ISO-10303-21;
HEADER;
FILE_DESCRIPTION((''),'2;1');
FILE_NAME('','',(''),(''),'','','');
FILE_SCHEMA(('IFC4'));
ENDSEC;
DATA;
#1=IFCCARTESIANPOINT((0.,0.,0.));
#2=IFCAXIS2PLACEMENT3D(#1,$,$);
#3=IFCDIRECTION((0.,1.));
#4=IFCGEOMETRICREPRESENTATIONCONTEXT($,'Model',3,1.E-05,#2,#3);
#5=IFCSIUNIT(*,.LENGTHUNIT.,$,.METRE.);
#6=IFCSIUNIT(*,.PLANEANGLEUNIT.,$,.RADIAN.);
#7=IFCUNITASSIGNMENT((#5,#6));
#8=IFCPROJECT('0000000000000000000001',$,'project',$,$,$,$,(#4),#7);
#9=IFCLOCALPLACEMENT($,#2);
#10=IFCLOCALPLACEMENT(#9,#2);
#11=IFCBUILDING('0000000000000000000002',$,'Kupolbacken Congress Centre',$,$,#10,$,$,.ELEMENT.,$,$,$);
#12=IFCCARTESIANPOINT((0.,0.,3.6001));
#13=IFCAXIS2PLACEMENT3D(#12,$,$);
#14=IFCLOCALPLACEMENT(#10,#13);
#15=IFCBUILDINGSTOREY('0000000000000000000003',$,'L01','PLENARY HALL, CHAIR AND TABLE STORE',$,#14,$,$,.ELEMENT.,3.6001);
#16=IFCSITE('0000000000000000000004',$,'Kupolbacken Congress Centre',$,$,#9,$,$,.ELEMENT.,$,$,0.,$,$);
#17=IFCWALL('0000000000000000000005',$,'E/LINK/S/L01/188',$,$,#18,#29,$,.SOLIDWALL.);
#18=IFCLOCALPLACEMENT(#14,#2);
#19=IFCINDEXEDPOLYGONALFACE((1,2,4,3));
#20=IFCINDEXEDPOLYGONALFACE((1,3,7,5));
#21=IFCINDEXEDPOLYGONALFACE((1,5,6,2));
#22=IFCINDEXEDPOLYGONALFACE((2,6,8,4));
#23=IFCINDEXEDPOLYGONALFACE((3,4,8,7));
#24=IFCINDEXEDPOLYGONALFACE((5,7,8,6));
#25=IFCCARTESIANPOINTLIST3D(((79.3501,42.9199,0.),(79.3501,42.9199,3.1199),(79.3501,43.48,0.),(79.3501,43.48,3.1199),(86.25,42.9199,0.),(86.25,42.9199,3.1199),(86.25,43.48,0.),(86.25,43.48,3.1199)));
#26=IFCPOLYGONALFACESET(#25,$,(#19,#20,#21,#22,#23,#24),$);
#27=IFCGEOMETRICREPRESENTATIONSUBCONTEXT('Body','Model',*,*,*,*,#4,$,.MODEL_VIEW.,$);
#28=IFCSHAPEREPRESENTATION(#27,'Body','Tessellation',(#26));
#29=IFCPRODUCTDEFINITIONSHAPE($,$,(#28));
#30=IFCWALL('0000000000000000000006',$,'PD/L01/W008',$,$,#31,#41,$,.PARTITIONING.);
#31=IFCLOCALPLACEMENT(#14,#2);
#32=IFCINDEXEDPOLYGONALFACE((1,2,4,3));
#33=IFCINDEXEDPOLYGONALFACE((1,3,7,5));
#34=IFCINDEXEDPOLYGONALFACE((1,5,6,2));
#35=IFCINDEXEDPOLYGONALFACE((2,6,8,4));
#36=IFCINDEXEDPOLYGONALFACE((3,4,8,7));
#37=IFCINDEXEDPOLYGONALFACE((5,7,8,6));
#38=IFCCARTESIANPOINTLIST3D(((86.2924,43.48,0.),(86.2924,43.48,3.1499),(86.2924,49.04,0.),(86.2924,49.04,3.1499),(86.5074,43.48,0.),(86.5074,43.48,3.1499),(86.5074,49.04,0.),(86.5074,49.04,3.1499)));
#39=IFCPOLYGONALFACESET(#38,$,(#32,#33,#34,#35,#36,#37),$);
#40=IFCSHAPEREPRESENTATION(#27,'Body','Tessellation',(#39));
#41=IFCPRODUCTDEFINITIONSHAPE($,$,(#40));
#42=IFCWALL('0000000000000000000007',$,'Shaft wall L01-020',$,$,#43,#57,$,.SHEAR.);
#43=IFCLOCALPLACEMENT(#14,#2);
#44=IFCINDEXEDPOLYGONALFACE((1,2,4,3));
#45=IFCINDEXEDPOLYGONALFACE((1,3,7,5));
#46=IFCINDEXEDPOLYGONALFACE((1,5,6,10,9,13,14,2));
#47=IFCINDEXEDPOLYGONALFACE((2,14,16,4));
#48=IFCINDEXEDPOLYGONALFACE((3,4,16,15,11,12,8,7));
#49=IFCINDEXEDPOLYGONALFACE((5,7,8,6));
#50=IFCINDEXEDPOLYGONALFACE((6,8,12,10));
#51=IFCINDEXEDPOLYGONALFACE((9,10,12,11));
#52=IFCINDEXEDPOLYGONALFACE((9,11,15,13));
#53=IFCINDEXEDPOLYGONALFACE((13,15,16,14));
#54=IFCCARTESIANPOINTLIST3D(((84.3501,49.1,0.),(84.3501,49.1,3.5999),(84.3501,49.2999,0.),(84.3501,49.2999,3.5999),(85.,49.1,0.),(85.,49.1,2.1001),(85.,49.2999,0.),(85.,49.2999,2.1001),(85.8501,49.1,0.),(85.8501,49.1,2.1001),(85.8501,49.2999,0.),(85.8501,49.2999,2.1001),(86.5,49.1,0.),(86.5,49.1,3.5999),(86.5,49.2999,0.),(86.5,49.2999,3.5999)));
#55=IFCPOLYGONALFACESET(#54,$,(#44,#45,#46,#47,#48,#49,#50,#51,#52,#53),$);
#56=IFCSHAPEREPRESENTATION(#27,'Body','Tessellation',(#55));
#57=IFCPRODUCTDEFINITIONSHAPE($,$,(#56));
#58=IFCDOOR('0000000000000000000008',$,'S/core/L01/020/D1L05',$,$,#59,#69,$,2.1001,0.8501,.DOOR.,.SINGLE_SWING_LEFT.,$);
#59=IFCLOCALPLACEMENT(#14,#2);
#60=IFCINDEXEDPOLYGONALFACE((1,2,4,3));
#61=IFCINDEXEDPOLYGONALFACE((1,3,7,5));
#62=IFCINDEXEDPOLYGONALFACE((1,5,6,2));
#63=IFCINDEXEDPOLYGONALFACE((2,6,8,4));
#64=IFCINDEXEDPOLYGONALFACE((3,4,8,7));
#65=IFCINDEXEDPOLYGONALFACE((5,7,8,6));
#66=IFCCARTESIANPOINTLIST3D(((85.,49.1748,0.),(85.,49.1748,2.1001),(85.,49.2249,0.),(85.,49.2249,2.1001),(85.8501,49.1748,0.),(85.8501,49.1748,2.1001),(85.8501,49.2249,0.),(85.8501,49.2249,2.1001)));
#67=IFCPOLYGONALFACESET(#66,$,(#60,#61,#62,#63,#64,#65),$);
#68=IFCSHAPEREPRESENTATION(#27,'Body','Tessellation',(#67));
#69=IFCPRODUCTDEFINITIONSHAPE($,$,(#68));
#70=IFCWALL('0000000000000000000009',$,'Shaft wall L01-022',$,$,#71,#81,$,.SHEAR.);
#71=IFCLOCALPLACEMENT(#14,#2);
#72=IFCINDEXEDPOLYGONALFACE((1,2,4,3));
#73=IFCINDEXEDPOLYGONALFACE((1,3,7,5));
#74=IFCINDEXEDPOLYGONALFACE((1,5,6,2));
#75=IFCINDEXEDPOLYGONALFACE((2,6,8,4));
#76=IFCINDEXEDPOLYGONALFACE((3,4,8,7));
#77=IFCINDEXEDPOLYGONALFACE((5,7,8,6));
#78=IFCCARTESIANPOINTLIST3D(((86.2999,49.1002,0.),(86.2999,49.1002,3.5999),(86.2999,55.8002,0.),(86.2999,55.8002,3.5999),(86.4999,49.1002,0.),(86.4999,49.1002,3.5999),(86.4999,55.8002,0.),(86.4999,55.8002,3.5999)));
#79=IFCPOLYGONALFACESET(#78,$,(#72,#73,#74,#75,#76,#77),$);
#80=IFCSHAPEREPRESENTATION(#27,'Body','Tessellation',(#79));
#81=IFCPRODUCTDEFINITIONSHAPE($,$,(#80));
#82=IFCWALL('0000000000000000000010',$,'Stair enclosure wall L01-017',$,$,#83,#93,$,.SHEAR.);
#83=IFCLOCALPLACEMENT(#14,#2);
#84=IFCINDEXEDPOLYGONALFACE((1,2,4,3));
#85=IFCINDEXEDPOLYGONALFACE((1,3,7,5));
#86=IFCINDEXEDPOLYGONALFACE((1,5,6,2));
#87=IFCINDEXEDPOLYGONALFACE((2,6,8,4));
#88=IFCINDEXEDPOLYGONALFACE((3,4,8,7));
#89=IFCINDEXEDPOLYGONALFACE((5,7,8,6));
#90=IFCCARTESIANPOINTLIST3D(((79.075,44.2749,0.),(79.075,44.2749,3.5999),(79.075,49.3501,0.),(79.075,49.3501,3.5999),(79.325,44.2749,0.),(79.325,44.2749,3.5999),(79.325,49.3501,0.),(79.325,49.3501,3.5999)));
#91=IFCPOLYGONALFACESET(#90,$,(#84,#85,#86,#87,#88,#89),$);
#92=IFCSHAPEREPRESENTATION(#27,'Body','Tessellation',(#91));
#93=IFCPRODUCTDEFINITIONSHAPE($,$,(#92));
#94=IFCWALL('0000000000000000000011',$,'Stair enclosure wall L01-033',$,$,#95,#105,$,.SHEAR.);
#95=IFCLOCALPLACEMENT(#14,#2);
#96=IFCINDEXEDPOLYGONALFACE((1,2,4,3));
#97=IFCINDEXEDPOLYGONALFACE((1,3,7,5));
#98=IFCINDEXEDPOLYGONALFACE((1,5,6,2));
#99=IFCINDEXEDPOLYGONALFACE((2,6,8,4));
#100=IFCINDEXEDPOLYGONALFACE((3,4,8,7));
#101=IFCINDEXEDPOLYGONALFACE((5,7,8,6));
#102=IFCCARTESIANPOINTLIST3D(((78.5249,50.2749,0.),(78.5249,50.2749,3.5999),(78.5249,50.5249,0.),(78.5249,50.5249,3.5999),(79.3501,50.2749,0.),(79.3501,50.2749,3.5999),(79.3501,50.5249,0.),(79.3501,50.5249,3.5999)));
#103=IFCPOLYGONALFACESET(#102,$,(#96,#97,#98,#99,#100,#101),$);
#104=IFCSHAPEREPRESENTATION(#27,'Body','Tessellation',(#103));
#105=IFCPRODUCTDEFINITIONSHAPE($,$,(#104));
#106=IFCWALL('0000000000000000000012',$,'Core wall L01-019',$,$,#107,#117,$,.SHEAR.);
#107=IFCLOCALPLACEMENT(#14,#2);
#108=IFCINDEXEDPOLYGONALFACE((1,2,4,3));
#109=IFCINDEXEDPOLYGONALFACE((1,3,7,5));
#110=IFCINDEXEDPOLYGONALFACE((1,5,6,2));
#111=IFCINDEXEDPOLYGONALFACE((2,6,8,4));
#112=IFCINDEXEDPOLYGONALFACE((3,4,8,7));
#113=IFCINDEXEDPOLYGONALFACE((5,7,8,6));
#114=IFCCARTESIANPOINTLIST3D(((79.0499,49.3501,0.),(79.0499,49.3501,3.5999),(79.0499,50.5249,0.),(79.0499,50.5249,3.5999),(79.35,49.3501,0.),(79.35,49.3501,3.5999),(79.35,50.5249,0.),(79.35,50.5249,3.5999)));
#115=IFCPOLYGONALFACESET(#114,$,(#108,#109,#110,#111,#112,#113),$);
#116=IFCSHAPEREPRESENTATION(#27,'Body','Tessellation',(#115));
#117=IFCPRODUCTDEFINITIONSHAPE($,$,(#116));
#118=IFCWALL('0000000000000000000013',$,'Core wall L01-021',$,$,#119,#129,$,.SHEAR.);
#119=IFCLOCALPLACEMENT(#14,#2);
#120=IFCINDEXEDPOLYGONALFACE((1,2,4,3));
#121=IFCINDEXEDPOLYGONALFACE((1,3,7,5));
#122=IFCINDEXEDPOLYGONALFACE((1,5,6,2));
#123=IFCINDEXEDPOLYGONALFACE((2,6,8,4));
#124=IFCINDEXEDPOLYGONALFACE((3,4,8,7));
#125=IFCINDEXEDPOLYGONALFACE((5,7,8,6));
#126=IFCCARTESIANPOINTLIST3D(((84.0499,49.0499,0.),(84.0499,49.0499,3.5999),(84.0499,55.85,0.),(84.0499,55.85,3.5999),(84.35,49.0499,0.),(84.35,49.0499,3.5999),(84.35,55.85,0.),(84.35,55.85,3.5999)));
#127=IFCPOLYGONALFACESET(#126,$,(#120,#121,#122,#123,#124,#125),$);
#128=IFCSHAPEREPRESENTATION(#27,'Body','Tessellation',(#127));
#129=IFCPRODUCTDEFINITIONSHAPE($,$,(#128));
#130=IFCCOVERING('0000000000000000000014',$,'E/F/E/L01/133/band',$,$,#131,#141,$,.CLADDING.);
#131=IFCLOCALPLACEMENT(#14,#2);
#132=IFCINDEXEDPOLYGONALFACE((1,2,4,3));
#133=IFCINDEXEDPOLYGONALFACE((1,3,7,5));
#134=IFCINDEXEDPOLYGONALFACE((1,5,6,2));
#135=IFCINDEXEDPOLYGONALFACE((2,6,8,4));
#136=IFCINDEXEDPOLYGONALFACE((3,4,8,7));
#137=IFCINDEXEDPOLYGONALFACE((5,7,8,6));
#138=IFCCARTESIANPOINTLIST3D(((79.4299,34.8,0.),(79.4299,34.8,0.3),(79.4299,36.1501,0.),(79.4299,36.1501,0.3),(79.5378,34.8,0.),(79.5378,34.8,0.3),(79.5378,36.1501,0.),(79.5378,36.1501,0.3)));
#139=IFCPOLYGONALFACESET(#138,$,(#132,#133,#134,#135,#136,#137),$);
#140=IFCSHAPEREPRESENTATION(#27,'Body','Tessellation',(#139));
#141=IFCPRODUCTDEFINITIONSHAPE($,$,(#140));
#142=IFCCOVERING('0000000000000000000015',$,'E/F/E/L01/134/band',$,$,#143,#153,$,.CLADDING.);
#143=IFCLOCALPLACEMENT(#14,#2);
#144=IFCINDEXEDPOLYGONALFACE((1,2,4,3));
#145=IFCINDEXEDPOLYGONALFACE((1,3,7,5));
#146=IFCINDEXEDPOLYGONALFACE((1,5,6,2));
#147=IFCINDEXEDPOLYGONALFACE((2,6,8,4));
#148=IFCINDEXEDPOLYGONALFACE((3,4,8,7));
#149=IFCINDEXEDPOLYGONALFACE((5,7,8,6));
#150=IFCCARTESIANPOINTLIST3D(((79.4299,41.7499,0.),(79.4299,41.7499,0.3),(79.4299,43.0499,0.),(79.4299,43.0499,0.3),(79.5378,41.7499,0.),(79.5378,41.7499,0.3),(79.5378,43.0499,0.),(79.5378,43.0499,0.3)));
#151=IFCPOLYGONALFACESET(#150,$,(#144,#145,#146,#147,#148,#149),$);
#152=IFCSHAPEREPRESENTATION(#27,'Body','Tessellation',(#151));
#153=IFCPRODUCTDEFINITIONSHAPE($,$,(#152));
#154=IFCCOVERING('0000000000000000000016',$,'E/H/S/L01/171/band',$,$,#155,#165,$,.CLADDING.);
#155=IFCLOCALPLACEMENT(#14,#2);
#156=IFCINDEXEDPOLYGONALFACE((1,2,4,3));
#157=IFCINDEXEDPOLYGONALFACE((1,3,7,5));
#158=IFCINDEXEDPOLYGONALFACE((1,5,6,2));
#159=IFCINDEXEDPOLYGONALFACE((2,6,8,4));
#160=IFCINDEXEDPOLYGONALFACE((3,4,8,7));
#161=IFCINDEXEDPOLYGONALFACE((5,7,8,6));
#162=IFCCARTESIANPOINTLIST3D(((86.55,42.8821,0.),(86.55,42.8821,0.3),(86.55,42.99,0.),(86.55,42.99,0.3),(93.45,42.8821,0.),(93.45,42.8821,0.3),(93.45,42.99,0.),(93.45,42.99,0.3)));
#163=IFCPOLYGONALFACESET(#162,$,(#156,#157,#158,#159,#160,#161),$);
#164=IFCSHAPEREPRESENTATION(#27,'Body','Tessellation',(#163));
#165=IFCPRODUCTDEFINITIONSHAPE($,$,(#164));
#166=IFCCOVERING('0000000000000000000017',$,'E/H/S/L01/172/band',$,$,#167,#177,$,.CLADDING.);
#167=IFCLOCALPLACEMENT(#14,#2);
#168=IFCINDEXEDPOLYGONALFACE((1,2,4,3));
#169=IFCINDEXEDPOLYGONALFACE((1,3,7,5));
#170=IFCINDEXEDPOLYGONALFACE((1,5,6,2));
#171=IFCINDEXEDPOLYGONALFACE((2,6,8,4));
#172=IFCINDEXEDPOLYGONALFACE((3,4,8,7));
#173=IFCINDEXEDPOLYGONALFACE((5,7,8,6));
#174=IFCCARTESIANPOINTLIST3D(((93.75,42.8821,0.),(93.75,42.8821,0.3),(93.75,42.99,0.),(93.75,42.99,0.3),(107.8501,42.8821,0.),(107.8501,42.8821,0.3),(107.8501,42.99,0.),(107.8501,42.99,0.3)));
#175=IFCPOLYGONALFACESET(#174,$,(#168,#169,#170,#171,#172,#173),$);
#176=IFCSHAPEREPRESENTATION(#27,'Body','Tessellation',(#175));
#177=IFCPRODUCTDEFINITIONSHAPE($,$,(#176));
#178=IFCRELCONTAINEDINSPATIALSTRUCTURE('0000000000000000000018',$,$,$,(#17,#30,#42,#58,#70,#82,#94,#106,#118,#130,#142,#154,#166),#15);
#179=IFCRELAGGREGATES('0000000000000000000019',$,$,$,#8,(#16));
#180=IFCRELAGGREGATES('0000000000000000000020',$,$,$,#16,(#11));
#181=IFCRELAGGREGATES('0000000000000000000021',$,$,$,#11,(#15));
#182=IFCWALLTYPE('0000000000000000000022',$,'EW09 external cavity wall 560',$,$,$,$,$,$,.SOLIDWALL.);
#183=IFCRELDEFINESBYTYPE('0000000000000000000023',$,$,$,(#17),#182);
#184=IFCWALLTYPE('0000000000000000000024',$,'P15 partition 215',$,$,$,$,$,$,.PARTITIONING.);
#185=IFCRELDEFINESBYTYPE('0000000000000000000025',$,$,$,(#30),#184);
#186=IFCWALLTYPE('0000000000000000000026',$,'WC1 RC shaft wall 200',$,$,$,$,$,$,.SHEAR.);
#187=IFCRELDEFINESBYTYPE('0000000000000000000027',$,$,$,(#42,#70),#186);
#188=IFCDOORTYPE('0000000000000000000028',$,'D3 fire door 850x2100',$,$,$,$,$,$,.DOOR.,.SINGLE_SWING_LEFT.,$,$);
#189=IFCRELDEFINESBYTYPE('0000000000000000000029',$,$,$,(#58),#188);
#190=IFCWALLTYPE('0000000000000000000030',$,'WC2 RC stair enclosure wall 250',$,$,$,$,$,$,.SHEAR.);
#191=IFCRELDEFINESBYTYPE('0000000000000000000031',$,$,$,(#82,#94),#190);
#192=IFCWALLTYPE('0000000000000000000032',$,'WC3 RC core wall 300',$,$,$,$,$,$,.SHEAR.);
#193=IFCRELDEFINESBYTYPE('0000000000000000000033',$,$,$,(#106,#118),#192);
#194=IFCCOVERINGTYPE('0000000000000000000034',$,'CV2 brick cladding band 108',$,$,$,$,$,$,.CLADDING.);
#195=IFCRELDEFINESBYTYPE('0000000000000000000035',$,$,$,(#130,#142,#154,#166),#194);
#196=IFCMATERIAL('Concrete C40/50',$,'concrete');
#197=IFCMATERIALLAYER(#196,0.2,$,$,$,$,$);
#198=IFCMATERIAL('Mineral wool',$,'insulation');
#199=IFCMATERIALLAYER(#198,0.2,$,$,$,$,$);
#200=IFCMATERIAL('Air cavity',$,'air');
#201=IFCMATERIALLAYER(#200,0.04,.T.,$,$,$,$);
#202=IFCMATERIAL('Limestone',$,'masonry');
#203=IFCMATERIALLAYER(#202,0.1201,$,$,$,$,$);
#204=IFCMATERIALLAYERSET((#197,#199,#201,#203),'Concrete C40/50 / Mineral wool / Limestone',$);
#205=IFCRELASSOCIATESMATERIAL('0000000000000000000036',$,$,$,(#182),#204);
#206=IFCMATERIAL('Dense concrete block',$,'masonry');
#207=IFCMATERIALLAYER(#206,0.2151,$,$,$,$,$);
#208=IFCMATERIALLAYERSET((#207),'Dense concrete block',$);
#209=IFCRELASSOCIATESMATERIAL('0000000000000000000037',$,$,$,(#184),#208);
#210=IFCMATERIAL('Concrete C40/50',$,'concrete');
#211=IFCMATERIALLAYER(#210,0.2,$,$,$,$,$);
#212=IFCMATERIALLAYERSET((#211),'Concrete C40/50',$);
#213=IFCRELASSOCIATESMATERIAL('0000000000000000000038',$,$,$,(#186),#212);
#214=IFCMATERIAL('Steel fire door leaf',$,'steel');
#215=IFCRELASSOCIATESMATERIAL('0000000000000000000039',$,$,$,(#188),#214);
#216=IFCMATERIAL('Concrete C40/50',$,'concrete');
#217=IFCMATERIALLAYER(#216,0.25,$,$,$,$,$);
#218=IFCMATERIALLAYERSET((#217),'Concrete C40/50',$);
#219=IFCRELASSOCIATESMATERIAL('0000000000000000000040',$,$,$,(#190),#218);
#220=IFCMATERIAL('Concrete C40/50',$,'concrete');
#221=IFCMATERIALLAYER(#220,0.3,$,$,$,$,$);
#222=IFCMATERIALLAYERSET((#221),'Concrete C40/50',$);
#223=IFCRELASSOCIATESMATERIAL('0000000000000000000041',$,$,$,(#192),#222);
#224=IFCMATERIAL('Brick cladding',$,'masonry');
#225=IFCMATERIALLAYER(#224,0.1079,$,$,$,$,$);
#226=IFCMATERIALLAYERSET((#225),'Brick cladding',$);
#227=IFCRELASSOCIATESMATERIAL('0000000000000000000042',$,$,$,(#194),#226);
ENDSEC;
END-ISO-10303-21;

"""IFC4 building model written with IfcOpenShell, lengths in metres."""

from ifc_helpers import new_model, si_unit, direction, frame, frame_2d, origin, origin_2d, place, context, subcontext, project, spatial, rectangle, extrude, material, layer, layer_set, type_object, element, fill, save


model = new_model("IFC4")

# Units and contexts
model_context = context("Model", 3, precision=1e-05, world=origin(), true_north=direction((0.0, 1.0)))
body_context = subcontext(model_context, "Body", "Model", "MODEL_VIEW")
ifc_project = project(units=[si_unit("LENGTHUNIT", "METRE"), si_unit("PLANEANGLEUNIT", "RADIAN")], contexts=[model_context])

# Site, building, storey
site_placement = place(None, origin())
site = spatial("IfcSite", under=ifc_project, at=site_placement, Name="Kupolbacken Congress Centre", CompositionType="ELEMENT", RefElevation=0.0)
building_placement = place(site_placement, origin())
building = spatial("IfcBuilding", under=site, at=building_placement, Name="Kupolbacken Congress Centre", CompositionType="ELEMENT")
storey_placement = place(building_placement, frame((0.0, 0.0, 3.6001)))
storey = spatial("IfcBuildingStorey", under=building, at=storey_placement, Name="L01", Description="PLENARY HALL, CHAIR AND TABLE STORE", CompositionType="ELEMENT", Elevation=3.6001)

# Walls
ifc_material_1 = material(Name="Air cavity", Category="air")
ifc_material_2 = material(Name="Mineral wool", Category="insulation")
ifc_material_3 = material(Name="Concrete C40/50", Category="concrete")
ifc_layer_1 = layer(ifc_material_3, 0.2)
ifc_layer_2 = layer(ifc_material_2, 0.2)
ifc_layer_3 = layer(ifc_material_1, 0.04, ventilated=True)
ifc_material_4 = material(Name="Limestone", Category="masonry")
ifc_layer_4 = layer(ifc_material_4, 0.1201)
ifc_layer_set_1 = layer_set([ifc_layer_1, ifc_layer_2, ifc_layer_3, ifc_layer_4], Name="Concrete C40/50 / Mineral wool / Limestone")
wall_type_1 = type_object("IfcWallType", Name="EW09 external cavity wall 560", PredefinedType="SOLIDWALL", material=ifc_layer_set_1)
wall_1_placement = place(storey_placement, frame((79.3501, 43.2, 0.0), z_axis=(0.0, 0.0, 1.0), x_axis=(1.0, 0.0, 0.0)))
element("IfcWall", 1, at=wall_1_placement, inside=storey, type_object=wall_type_1, Name="E/LINK/S/L01/188", PredefinedType="SOLIDWALL", context=body_context, shape_type="SweptSolid", body=[
    extrude(rectangle(XDim=6.8999, YDim=0.5601, at=frame_2d((3.45, 0.0))), origin(), (0.0, 0.0, 1.0), 3.1199),
])
ifc_material_5 = material(Name="Dense concrete block", Category="masonry")
ifc_layer_5 = layer(ifc_material_5, 0.2151)
ifc_layer_set_2 = layer_set([ifc_layer_5], Name="Dense concrete block")
wall_type_2 = type_object("IfcWallType", Name="P15 partition 215", PredefinedType="PARTITIONING", material=ifc_layer_set_2)
wall_2_placement = place(storey_placement, frame((86.3999, 43.48, 0.0), z_axis=(0.0, 0.0, 1.0), x_axis=(0.0, 1.0, 0.0)))
element("IfcWall", 2, at=wall_2_placement, inside=storey, type_object=wall_type_2, Name="PD/L01/W008", PredefinedType="PARTITIONING", context=body_context, shape_type="SweptSolid", body=[
    extrude(rectangle(XDim=5.5601, YDim=0.2151, at=frame_2d((2.78, 0.0))), origin(), (0.0, 0.0, 1.0), 3.1499),
])

# Wall, opening, door
ifc_material_6 = material(Name="Concrete C40/50", Category="concrete")
ifc_layer_6 = layer(ifc_material_6, 0.2)
ifc_layer_set_3 = layer_set([ifc_layer_6], Name="Concrete C40/50")
wall_type_3 = type_object("IfcWallType", Name="WC1 RC shaft wall 200", PredefinedType="SHEAR", material=ifc_layer_set_3)
wall_3_placement = place(storey_placement, frame((84.3501, 49.2, 0.0), z_axis=(0.0, 0.0, 1.0), x_axis=(1.0, 0.0, 0.0)))
wall_3 = element("IfcWall", 3, at=wall_3_placement, inside=storey, type_object=wall_type_3, Name="Shaft wall L01-020", PredefinedType="SHEAR", context=body_context, shape_type="SweptSolid", body=[
    extrude(rectangle(XDim=2.1499, YDim=0.2, at=frame_2d((1.075, 0.0))), origin(), (0.0, 0.0, 1.0), 3.5999),
])
opening_1_placement = place(wall_3_placement, frame((0.6499, 0.0, 0.0)))
opening_1 = element("IfcOpeningElement", 4, at=opening_1_placement, cuts=wall_3, PredefinedType="OPENING", context=body_context, shape_type="SweptSolid", body=[
    extrude(rectangle(XDim=0.8501, YDim=2.1001, at=frame_2d((0.425, 1.05))), frame((0.0, 0.1099, 0.0), z_axis=(0.0, -1.0, 0.0), x_axis=(1.0, 0.0, 0.0)), (0.0, 0.0, 1.0), 0.22),
])
ifc_material_7 = material(Name="Steel fire door leaf", Category="steel")
door_type_1 = type_object("IfcDoorType", Name="D3 fire door 850x2100", OperationType="SINGLE_SWING_LEFT", PredefinedType="DOOR", material=ifc_material_7)
door_1_placement = place(opening_1_placement, origin())
door_1 = element("IfcDoor", 5, at=door_1_placement, inside=storey, type_object=door_type_1, Name="S/core/L01/020/D1L05", OperationType="SINGLE_SWING_LEFT", OverallHeight=2.1001, OverallWidth=0.8501, PredefinedType="DOOR", context=body_context, shape_type="SweptSolid", body=[
    extrude(rectangle(XDim=0.8501, YDim=2.1001, at=frame_2d((0.425, 1.05))), frame((0.0, 0.0249, 0.0), z_axis=(0.0, -1.0, 0.0), x_axis=(1.0, 0.0, 0.0)), (0.0, 0.0, 1.0), 0.05),
])
fill(opening_1, door_1)

# Wall
wall_4_placement = place(storey_placement, frame((86.3999, 49.1001, 0.0), z_axis=(0.0, 0.0, 1.0), x_axis=(0.0, 1.0, 0.0)))
element("IfcWall", 6, at=wall_4_placement, inside=storey, type_object=wall_type_3, Name="Shaft wall L01-022", PredefinedType="SHEAR", context=body_context, shape_type="SweptSolid", body=[
    extrude(rectangle(XDim=6.7, YDim=0.2, at=frame_2d((3.3501, 0.0))), origin(), (0.0, 0.0, 1.0), 3.5999),
])

# Shared definitions
ifc_material_8 = material(Name="Concrete C40/50", Category="concrete")
ifc_layer_7 = layer(ifc_material_8, 0.25)
ifc_layer_set_4 = layer_set([ifc_layer_7], Name="Concrete C40/50")
wall_type_4 = type_object("IfcWallType", Name="WC2 RC stair enclosure wall 250", PredefinedType="SHEAR", material=ifc_layer_set_4)

# Walls
wall_5_placement = place(storey_placement, frame((79.2, 44.2749, 0.0), z_axis=(0.0, 0.0, 1.0), x_axis=(0.0, 1.0, 0.0)))
element("IfcWall", 7, at=wall_5_placement, inside=storey, type_object=wall_type_4, Name="Stair enclosure wall L01-017", PredefinedType="SHEAR", context=body_context, shape_type="SweptSolid", body=[
    extrude(rectangle(XDim=5.0752, YDim=0.25, at=frame_2d((2.5376, 0.0))), origin(), (0.0, 0.0, 1.0), 3.5999),
])
wall_6_placement = place(storey_placement, frame((79.3501, 50.3999, 0.0), z_axis=(0.0, 0.0, 1.0), x_axis=(-1.0, 0.0, 0.0)))
element("IfcWall", 8, at=wall_6_placement, inside=storey, type_object=wall_type_4, Name="Stair enclosure wall L01-033", PredefinedType="SHEAR", context=body_context, shape_type="SweptSolid", body=[
    extrude(rectangle(XDim=0.8252, YDim=0.25, at=frame_2d((0.4126, 0.0))), origin(), (0.0, 0.0, 1.0), 3.5999),
])
ifc_material_9 = material(Name="Concrete C40/50", Category="concrete")
ifc_layer_8 = layer(ifc_material_9, 0.3)
ifc_layer_set_5 = layer_set([ifc_layer_8], Name="Concrete C40/50")
wall_type_5 = type_object("IfcWallType", Name="WC3 RC core wall 300", PredefinedType="SHEAR", material=ifc_layer_set_5)
wall_7_placement = place(storey_placement, frame((79.2, 49.3501, 0.0), z_axis=(0.0, 0.0, 1.0), x_axis=(0.0, 1.0, 0.0)))
element("IfcWall", 9, at=wall_7_placement, inside=storey, type_object=wall_type_5, Name="Core wall L01-019", PredefinedType="SHEAR", context=body_context, shape_type="SweptSolid", body=[
    extrude(rectangle(XDim=1.1748, YDim=0.3, at=frame_2d((0.5874, 0.0))), origin(), (0.0, 0.0, 1.0), 3.5999),
])
wall_8_placement = place(storey_placement, frame((84.2, 49.05, 0.0), z_axis=(0.0, 0.0, 1.0), x_axis=(0.0, 1.0, 0.0)))
element("IfcWall", 10, at=wall_8_placement, inside=storey, type_object=wall_type_5, Name="Core wall L01-021", PredefinedType="SHEAR", context=body_context, shape_type="SweptSolid", body=[
    extrude(rectangle(XDim=6.8, YDim=0.3, at=frame_2d((3.3999, 0.0))), origin(), (0.0, 0.0, 1.0), 3.5999),
])

# Coverings
ifc_material_10 = material(Name="Brick cladding", Category="masonry")
ifc_layer_9 = layer(ifc_material_10, 0.1079)
ifc_layer_set_6 = layer_set([ifc_layer_9], Name="Brick cladding")
covering_type_1 = type_object("IfcCoveringType", Name="CV2 brick cladding band 108", PredefinedType="CLADDING", material=ifc_layer_set_6)
covering_1_placement = place(storey_placement, frame((79.4839, 35.4751, 0.0), z_axis=(0.0, 0.0, 1.0), x_axis=(0.0, 1.0, 0.0)))
element("IfcCovering", 11, at=covering_1_placement, inside=storey, type_object=covering_type_1, Name="E/F/E/L01/133/band", PredefinedType="CLADDING", context=body_context, shape_type="SweptSolid", body=[
    extrude(rectangle(XDim=1.3501, YDim=0.1079, at=origin_2d()), origin(), (0.0, 0.0, 1.0), 0.3),
])
covering_2_placement = place(storey_placement, frame((79.4839, 42.3999, 0.0), z_axis=(0.0, 0.0, 1.0), x_axis=(0.0, 1.0, 0.0)))
element("IfcCovering", 12, at=covering_2_placement, inside=storey, type_object=covering_type_1, Name="E/F/E/L01/134/band", PredefinedType="CLADDING", context=body_context, shape_type="SweptSolid", body=[
    extrude(rectangle(XDim=1.3, YDim=0.1079, at=origin_2d()), origin(), (0.0, 0.0, 1.0), 0.3),
])
covering_3_placement = place(storey_placement, frame((90.0, 42.936, 0.0), z_axis=(0.0, 0.0, 1.0), x_axis=(1.0, 0.0, 0.0)))
element("IfcCovering", 13, at=covering_3_placement, inside=storey, type_object=covering_type_1, Name="E/H/S/L01/171/band", PredefinedType="CLADDING", context=body_context, shape_type="SweptSolid", body=[
    extrude(rectangle(XDim=6.8999, YDim=0.1079, at=origin_2d()), origin(), (0.0, 0.0, 1.0), 0.3),
])
covering_4_placement = place(storey_placement, frame((100.8, 42.936, 0.0), z_axis=(0.0, 0.0, 1.0), x_axis=(1.0, 0.0, 0.0)))
element("IfcCovering", 14, at=covering_4_placement, inside=storey, type_object=covering_type_1, Name="E/H/S/L01/172/band", PredefinedType="CLADDING", context=body_context, shape_type="SweptSolid", body=[
    extrude(rectangle(XDim=14.1001, YDim=0.1079, at=origin_2d()), origin(), (0.0, 0.0, 1.0), 0.3),
])

save(model, "model.ifc")
